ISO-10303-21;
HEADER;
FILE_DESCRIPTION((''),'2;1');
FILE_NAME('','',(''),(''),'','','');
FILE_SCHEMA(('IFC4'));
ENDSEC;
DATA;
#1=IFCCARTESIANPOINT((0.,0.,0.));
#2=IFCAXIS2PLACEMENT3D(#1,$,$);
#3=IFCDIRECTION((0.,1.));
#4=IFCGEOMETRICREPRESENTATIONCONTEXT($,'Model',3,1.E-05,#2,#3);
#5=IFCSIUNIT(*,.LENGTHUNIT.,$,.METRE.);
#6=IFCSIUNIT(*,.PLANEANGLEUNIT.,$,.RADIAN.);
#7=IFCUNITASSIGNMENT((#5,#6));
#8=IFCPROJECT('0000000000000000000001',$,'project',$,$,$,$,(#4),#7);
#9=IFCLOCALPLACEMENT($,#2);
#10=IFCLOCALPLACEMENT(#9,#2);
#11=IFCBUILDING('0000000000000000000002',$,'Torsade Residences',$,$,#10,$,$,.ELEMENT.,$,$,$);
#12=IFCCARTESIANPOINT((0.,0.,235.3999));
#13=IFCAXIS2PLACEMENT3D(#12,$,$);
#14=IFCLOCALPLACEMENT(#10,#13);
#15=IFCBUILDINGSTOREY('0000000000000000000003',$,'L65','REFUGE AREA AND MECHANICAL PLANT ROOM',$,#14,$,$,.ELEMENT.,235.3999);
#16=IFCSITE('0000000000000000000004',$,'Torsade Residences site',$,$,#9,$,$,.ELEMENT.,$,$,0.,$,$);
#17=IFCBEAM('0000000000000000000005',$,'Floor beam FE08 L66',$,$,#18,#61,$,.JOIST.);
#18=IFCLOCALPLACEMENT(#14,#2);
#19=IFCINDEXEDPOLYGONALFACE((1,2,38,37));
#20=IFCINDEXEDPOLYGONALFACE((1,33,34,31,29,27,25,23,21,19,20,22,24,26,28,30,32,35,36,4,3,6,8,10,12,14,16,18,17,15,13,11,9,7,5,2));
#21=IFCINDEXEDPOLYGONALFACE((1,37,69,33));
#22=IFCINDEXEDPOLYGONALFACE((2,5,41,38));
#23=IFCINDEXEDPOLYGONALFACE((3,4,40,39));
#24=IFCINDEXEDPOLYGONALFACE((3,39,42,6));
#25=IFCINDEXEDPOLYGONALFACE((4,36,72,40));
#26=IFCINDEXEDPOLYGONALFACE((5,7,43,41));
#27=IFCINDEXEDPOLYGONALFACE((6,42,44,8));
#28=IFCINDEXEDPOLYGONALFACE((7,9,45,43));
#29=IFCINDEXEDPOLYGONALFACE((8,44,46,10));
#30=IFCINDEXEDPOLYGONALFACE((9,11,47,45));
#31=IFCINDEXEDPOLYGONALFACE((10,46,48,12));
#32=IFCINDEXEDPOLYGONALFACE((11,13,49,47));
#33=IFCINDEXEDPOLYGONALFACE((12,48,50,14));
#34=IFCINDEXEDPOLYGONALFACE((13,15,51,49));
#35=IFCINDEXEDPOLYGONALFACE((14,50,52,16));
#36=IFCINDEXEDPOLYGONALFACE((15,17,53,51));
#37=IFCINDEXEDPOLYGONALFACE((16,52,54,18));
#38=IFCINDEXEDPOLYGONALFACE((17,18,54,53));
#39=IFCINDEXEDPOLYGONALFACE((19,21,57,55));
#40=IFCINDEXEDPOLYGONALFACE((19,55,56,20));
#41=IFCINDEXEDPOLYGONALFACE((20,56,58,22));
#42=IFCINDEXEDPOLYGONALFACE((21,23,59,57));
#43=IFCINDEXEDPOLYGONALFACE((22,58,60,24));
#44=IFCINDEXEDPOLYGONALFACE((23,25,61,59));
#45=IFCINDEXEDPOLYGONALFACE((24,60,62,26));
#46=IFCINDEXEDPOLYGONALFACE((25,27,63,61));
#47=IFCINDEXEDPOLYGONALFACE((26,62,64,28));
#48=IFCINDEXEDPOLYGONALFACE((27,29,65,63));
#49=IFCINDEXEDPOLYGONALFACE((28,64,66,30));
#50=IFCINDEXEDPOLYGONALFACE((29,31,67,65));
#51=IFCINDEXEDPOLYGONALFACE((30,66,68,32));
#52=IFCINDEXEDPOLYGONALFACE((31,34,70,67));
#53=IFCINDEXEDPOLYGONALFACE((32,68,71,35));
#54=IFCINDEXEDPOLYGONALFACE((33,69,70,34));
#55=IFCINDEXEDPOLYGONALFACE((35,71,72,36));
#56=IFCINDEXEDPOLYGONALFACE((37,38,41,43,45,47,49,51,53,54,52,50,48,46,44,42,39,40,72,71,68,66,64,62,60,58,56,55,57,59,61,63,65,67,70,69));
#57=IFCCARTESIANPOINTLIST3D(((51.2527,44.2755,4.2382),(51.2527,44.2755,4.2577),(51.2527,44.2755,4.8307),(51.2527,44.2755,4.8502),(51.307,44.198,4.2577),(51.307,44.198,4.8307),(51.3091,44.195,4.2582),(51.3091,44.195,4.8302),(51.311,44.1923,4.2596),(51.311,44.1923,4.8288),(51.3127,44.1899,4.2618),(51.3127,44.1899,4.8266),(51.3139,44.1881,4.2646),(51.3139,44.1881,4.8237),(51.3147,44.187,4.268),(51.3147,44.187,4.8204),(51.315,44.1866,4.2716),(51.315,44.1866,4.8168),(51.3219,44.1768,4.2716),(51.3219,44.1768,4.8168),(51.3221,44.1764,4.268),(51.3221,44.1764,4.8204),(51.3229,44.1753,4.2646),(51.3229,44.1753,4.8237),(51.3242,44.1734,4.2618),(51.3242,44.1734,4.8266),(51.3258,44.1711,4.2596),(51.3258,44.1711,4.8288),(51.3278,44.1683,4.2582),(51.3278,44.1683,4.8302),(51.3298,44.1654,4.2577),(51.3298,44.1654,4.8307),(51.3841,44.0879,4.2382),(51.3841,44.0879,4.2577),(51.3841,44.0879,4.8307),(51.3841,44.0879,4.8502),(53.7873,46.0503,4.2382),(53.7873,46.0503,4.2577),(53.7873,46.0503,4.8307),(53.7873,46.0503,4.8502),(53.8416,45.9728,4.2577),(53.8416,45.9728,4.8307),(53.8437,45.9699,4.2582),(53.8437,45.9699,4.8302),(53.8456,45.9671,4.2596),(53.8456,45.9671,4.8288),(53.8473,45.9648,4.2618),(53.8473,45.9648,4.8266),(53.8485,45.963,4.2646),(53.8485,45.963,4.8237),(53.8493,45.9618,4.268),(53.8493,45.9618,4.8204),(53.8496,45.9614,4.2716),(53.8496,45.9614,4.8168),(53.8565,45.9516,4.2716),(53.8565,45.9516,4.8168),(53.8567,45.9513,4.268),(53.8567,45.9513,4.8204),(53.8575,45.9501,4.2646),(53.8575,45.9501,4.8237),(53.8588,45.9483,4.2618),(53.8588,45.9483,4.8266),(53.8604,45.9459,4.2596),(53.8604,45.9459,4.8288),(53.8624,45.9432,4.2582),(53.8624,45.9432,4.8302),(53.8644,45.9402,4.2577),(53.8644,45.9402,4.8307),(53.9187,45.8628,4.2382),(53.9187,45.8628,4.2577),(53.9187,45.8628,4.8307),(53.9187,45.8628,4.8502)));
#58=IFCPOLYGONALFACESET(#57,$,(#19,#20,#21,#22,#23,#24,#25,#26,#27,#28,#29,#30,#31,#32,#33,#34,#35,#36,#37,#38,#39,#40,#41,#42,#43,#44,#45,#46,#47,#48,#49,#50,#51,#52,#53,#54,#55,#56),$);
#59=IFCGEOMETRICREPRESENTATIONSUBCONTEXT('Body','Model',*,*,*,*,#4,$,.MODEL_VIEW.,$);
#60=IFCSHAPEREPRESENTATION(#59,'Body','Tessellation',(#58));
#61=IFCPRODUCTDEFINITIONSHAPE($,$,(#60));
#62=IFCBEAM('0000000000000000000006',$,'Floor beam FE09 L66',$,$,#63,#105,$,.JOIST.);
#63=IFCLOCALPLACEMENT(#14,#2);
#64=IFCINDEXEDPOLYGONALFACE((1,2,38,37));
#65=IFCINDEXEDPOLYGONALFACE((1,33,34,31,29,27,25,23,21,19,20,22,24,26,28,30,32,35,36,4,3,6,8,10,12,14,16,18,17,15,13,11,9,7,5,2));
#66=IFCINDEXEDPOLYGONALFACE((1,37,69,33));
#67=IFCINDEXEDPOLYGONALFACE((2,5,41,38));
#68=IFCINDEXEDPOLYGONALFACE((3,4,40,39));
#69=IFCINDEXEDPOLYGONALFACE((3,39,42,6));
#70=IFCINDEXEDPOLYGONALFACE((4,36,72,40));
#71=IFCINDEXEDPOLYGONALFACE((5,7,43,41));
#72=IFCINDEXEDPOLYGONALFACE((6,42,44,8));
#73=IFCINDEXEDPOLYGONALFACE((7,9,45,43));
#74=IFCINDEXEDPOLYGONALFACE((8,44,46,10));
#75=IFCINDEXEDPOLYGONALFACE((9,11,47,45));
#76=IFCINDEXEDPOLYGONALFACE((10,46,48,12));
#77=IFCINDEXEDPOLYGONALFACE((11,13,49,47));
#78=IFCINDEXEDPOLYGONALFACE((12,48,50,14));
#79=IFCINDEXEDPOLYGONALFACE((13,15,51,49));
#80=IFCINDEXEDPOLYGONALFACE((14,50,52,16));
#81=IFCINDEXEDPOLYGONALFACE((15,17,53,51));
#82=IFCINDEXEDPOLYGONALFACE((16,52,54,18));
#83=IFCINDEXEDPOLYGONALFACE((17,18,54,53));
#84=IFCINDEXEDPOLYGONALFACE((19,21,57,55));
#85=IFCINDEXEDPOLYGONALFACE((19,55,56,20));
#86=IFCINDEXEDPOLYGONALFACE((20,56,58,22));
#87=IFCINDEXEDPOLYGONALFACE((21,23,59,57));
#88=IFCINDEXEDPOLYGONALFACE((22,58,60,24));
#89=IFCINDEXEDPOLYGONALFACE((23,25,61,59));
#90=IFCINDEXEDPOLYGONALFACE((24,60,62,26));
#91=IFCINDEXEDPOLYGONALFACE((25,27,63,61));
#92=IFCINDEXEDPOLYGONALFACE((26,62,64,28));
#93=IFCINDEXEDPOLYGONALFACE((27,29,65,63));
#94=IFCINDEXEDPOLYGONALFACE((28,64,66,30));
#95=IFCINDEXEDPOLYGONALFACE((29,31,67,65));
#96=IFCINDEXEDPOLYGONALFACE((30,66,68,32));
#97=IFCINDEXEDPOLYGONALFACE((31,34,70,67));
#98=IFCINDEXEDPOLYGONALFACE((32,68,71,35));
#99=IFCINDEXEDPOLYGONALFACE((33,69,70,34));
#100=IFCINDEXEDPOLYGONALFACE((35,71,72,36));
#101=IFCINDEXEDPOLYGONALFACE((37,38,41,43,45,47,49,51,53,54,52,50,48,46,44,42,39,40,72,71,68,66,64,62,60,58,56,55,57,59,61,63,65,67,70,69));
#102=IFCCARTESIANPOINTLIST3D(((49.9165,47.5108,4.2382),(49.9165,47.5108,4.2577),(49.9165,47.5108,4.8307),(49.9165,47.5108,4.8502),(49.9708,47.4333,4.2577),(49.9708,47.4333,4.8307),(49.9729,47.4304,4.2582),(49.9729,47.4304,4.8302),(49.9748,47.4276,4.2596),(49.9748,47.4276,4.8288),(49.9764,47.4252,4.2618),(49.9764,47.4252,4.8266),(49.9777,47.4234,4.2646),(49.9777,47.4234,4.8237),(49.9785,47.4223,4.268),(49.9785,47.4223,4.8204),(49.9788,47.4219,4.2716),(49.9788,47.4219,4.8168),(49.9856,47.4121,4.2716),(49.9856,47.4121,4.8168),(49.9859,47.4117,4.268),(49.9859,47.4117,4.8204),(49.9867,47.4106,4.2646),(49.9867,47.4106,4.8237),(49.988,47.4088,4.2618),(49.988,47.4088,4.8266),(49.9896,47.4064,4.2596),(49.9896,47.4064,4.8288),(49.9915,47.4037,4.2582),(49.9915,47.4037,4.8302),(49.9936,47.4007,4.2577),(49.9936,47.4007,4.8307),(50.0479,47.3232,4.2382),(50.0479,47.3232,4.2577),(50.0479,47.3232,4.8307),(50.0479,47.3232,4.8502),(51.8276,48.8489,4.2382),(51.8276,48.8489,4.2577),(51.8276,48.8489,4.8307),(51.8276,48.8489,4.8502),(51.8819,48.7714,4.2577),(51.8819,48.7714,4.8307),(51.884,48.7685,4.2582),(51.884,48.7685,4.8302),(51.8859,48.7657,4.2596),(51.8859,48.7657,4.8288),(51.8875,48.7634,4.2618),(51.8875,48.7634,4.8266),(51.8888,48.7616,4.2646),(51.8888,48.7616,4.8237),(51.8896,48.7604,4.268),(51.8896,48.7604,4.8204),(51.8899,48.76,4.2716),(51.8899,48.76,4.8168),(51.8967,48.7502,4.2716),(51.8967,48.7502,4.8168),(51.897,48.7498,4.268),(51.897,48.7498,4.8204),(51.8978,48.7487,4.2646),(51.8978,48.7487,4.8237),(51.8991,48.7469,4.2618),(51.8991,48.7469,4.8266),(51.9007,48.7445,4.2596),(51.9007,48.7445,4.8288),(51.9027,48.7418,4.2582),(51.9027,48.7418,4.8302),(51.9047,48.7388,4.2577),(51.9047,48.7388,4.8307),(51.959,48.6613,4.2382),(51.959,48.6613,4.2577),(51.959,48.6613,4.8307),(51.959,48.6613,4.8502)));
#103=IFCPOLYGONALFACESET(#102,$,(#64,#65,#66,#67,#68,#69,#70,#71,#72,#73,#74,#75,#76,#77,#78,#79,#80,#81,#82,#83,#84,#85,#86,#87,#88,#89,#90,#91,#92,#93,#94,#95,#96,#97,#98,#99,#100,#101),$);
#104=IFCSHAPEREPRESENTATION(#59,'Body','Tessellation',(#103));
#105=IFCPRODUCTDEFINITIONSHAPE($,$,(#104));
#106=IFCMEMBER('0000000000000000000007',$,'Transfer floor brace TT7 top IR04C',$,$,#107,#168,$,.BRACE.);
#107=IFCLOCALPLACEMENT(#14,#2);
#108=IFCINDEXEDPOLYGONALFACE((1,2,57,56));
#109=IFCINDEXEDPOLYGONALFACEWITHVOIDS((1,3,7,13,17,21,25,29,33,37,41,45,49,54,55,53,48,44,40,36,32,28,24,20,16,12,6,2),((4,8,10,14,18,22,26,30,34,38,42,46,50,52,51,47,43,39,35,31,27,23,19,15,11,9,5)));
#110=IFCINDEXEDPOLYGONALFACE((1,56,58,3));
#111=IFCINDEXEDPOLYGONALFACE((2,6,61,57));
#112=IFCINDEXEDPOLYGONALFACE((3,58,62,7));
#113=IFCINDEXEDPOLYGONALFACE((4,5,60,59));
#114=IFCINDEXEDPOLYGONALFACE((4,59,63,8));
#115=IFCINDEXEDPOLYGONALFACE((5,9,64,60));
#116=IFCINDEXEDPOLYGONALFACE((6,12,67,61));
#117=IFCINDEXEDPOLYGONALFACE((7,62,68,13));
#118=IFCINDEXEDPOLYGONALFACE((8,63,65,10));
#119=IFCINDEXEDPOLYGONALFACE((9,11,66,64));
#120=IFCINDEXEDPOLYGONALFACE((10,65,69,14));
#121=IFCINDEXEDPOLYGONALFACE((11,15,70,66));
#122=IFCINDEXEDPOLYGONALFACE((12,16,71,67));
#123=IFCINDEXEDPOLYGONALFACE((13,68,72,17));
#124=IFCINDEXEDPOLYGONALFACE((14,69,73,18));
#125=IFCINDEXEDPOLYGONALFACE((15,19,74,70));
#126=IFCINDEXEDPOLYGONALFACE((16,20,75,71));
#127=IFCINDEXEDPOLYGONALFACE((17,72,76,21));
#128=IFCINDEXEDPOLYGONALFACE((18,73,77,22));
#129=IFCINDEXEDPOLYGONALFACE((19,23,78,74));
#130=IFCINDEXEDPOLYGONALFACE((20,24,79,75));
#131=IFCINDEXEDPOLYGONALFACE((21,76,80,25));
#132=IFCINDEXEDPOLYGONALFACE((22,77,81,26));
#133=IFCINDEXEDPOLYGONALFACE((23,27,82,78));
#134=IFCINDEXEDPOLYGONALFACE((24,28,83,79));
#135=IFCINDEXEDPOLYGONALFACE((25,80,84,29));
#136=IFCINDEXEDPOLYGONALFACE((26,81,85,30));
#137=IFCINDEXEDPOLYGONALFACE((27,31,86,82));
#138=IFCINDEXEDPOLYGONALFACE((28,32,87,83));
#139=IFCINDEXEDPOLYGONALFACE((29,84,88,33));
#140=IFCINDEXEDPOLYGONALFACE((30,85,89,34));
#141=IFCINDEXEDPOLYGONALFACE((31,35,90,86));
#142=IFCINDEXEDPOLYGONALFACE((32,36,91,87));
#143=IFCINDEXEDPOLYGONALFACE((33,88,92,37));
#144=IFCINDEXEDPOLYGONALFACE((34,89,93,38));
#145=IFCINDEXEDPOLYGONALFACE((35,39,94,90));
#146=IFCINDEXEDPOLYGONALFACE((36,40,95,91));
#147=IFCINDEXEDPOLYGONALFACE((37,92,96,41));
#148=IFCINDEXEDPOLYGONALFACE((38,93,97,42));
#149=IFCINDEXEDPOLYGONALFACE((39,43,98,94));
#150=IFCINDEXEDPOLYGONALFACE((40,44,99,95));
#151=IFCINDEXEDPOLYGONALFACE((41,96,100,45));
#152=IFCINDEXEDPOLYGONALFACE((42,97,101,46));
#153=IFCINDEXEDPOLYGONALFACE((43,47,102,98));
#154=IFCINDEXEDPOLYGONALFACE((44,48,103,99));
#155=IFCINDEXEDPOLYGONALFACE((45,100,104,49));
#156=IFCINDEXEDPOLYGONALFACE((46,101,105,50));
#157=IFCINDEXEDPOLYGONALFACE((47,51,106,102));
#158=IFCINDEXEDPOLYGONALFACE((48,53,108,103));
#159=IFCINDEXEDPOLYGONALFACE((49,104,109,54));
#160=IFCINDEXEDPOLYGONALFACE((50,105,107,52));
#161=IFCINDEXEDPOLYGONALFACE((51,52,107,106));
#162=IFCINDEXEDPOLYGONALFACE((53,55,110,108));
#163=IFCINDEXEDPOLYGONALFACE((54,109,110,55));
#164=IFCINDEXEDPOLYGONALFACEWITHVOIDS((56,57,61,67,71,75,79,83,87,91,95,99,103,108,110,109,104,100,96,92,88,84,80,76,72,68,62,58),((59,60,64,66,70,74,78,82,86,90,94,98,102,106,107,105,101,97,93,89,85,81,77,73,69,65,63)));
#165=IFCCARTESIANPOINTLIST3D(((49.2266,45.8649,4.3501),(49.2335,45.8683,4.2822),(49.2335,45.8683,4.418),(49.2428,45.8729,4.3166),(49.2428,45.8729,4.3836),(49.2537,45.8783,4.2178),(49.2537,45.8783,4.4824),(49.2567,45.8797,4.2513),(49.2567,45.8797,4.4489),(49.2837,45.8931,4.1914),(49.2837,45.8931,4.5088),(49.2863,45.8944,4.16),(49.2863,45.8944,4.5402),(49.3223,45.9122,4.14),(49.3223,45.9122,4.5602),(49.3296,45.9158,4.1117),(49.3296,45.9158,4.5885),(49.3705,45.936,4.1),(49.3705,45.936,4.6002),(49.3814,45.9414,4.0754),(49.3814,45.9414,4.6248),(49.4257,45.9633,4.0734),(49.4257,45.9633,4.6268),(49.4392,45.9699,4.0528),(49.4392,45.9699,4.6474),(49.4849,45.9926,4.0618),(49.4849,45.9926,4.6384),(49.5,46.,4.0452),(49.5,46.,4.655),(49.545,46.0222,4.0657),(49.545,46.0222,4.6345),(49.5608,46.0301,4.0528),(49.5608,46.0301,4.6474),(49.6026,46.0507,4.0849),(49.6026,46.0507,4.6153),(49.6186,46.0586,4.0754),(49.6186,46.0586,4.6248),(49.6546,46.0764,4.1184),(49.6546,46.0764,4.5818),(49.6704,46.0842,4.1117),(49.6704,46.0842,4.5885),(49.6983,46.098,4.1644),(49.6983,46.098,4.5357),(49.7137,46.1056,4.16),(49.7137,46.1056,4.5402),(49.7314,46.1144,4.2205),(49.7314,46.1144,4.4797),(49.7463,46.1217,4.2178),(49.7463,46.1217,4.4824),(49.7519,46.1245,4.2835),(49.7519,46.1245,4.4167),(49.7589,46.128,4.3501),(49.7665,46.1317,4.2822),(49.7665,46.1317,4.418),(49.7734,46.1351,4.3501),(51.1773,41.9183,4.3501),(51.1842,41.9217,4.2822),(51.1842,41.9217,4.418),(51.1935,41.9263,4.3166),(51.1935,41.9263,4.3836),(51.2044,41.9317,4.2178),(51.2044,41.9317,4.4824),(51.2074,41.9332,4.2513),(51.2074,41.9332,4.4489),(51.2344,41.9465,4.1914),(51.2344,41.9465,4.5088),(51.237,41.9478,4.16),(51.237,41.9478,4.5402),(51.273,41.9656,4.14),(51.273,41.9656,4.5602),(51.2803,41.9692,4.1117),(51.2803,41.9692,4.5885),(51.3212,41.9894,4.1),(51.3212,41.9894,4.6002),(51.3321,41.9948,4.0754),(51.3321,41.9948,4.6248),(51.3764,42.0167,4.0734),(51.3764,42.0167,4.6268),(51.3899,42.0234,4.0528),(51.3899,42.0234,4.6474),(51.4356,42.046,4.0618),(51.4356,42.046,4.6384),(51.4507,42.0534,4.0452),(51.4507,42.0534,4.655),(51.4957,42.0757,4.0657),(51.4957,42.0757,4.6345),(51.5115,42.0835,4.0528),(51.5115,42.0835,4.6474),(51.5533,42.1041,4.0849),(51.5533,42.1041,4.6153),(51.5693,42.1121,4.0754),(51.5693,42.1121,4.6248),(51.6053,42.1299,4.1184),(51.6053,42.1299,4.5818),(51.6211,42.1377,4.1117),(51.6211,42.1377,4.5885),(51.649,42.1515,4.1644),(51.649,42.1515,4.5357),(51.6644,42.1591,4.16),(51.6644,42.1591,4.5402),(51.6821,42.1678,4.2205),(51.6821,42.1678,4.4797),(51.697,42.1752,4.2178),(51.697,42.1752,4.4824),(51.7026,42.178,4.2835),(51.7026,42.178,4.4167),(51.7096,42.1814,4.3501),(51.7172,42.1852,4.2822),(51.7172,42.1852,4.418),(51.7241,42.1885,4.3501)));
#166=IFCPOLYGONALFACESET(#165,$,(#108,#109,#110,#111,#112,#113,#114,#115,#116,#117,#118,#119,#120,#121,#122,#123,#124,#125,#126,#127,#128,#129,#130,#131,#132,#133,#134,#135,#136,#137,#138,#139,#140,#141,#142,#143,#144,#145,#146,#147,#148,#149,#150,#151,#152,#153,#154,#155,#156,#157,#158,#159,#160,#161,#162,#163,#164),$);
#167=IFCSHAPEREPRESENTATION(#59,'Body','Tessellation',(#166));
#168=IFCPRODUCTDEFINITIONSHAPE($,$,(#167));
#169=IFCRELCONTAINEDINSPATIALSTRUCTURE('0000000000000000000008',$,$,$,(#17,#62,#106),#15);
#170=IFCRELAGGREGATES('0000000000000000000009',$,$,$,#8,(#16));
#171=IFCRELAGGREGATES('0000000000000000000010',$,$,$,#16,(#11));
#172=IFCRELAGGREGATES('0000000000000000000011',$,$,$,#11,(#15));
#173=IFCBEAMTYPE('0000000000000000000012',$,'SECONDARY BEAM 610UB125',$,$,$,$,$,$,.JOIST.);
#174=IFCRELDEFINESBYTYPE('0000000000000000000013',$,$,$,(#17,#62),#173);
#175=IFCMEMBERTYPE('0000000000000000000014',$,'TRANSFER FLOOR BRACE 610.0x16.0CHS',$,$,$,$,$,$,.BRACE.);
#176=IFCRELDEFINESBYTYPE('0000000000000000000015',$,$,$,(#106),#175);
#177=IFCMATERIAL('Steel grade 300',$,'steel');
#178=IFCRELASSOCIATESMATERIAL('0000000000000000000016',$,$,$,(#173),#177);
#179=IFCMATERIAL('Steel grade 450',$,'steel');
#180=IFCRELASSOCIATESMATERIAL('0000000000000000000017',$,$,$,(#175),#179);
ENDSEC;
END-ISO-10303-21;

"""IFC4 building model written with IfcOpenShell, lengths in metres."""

from ifc_helpers import new_model, si_unit, direction, frame, origin, origin_2d, place, context, subcontext, project, spatial, hollow_circle, i_section, extrude, material, material_profile, profile_set, type_object, element, save


model = new_model("IFC4")

# Units and contexts
model_context = context("Model", 3, precision=1e-05, world=origin(), true_north=direction((0.0, 1.0)))
body_context = subcontext(model_context, "Body", "Model", "MODEL_VIEW")
ifc_project = project(units=[si_unit("LENGTHUNIT", "METRE"), si_unit("PLANEANGLEUNIT", "RADIAN")], contexts=[model_context])

# Site, building, storey
site_placement = place(None, origin())
site = spatial("IfcSite", under=ifc_project, at=site_placement, Name="Torsade Residences site", CompositionType="ELEMENT", RefElevation=0.0)
building_placement = place(site_placement, origin())
building = spatial("IfcBuilding", under=site, at=building_placement, Name="Torsade Residences", CompositionType="ELEMENT")
storey_placement = place(building_placement, frame((0.0, 0.0, 235.3999)))
storey = spatial("IfcBuildingStorey", under=building, at=storey_placement, Name="L65", Description="REFUGE AREA AND MECHANICAL PLANT ROOM", CompositionType="ELEMENT", Elevation=235.3999)

# Beams
ifc_material_1 = material(Name="Steel grade 300", Category="steel")
ifc_material_profile_1 = material_profile(ifc_material_1, i_section(OverallWidth=0.229, OverallDepth=0.6121, WebThickness=0.012, FlangeThickness=0.0195, FilletRadius=0.0139, at=origin_2d()), Name="610UB125")
ifc_profile_set_1 = profile_set([ifc_material_profile_1], Name="Steel grade 300")
beam_type_1 = type_object("IfcBeamType", Name="SECONDARY BEAM 610UB125", PredefinedType="JOIST", material=ifc_profile_set_1)
beam_1_placement = place(storey_placement, frame((53.853, 45.9565, 4.5442), z_axis=(-0.819136, -0.5736, 0.0), x_axis=(0.5736, -0.819136, 0.0)))
element("IfcBeam", 1, at=beam_1_placement, inside=storey, type_object=beam_type_1, Name="Floor beam FE08 L66", PredefinedType="JOIST", context=body_context, shape_type="SweptSolid", body=[
    extrude(i_section(OverallWidth=0.229, OverallDepth=0.6121, WebThickness=0.012, FlangeThickness=0.0195, FilletRadius=0.0139, at=origin_2d()), origin(), (0.0, 0.0, 1.0), 3.0942),
])
beam_2_placement = place(storey_placement, frame((51.8933, 48.7551, 4.5442), z_axis=(-0.819163, -0.573561, 0.0), x_axis=(0.573561, -0.819163, 0.0)))
element("IfcBeam", 2, at=beam_2_placement, inside=storey, type_object=beam_type_1, Name="Floor beam FE09 L66", PredefinedType="JOIST", context=body_context, shape_type="SweptSolid", body=[
    extrude(i_section(OverallWidth=0.229, OverallDepth=0.6121, WebThickness=0.012, FlangeThickness=0.0195, FilletRadius=0.0139, at=origin_2d()), origin(), (0.0, 0.0, 1.0), 2.333),
])

# Member
ifc_material_2 = material(Name="Steel grade 450", Category="steel")
ifc_material_profile_2 = material_profile(ifc_material_2, hollow_circle(Radius=0.3049, WallThickness=0.0161, at=origin_2d()), Name="610.0x16.0CHS")
ifc_profile_set_2 = profile_set([ifc_material_profile_2], Name="Steel grade 450")
member_type_1 = type_object("IfcMemberType", Name="TRANSFER FLOOR BRACE 610.0x16.0CHS", PredefinedType="BRACE", material=ifc_profile_set_2)
member_1_placement = place(storey_placement, frame((49.5, 46.0, 4.3501), z_axis=(0.443105, -0.89647, 0.0), x_axis=(0.89647, 0.443105, 0.0)))
element("IfcMember", 3, at=member_1_placement, inside=storey, type_object=member_type_1, Name="Transfer floor brace TT7 top IR04C", PredefinedType="BRACE", context=body_context, shape_type="SweptSolid", body=[
    extrude(hollow_circle(Radius=0.3049, WallThickness=0.0161, at=origin_2d()), origin(), (0.0, 0.0, 1.0), 4.4023),
])

save(model, "model.ifc")
